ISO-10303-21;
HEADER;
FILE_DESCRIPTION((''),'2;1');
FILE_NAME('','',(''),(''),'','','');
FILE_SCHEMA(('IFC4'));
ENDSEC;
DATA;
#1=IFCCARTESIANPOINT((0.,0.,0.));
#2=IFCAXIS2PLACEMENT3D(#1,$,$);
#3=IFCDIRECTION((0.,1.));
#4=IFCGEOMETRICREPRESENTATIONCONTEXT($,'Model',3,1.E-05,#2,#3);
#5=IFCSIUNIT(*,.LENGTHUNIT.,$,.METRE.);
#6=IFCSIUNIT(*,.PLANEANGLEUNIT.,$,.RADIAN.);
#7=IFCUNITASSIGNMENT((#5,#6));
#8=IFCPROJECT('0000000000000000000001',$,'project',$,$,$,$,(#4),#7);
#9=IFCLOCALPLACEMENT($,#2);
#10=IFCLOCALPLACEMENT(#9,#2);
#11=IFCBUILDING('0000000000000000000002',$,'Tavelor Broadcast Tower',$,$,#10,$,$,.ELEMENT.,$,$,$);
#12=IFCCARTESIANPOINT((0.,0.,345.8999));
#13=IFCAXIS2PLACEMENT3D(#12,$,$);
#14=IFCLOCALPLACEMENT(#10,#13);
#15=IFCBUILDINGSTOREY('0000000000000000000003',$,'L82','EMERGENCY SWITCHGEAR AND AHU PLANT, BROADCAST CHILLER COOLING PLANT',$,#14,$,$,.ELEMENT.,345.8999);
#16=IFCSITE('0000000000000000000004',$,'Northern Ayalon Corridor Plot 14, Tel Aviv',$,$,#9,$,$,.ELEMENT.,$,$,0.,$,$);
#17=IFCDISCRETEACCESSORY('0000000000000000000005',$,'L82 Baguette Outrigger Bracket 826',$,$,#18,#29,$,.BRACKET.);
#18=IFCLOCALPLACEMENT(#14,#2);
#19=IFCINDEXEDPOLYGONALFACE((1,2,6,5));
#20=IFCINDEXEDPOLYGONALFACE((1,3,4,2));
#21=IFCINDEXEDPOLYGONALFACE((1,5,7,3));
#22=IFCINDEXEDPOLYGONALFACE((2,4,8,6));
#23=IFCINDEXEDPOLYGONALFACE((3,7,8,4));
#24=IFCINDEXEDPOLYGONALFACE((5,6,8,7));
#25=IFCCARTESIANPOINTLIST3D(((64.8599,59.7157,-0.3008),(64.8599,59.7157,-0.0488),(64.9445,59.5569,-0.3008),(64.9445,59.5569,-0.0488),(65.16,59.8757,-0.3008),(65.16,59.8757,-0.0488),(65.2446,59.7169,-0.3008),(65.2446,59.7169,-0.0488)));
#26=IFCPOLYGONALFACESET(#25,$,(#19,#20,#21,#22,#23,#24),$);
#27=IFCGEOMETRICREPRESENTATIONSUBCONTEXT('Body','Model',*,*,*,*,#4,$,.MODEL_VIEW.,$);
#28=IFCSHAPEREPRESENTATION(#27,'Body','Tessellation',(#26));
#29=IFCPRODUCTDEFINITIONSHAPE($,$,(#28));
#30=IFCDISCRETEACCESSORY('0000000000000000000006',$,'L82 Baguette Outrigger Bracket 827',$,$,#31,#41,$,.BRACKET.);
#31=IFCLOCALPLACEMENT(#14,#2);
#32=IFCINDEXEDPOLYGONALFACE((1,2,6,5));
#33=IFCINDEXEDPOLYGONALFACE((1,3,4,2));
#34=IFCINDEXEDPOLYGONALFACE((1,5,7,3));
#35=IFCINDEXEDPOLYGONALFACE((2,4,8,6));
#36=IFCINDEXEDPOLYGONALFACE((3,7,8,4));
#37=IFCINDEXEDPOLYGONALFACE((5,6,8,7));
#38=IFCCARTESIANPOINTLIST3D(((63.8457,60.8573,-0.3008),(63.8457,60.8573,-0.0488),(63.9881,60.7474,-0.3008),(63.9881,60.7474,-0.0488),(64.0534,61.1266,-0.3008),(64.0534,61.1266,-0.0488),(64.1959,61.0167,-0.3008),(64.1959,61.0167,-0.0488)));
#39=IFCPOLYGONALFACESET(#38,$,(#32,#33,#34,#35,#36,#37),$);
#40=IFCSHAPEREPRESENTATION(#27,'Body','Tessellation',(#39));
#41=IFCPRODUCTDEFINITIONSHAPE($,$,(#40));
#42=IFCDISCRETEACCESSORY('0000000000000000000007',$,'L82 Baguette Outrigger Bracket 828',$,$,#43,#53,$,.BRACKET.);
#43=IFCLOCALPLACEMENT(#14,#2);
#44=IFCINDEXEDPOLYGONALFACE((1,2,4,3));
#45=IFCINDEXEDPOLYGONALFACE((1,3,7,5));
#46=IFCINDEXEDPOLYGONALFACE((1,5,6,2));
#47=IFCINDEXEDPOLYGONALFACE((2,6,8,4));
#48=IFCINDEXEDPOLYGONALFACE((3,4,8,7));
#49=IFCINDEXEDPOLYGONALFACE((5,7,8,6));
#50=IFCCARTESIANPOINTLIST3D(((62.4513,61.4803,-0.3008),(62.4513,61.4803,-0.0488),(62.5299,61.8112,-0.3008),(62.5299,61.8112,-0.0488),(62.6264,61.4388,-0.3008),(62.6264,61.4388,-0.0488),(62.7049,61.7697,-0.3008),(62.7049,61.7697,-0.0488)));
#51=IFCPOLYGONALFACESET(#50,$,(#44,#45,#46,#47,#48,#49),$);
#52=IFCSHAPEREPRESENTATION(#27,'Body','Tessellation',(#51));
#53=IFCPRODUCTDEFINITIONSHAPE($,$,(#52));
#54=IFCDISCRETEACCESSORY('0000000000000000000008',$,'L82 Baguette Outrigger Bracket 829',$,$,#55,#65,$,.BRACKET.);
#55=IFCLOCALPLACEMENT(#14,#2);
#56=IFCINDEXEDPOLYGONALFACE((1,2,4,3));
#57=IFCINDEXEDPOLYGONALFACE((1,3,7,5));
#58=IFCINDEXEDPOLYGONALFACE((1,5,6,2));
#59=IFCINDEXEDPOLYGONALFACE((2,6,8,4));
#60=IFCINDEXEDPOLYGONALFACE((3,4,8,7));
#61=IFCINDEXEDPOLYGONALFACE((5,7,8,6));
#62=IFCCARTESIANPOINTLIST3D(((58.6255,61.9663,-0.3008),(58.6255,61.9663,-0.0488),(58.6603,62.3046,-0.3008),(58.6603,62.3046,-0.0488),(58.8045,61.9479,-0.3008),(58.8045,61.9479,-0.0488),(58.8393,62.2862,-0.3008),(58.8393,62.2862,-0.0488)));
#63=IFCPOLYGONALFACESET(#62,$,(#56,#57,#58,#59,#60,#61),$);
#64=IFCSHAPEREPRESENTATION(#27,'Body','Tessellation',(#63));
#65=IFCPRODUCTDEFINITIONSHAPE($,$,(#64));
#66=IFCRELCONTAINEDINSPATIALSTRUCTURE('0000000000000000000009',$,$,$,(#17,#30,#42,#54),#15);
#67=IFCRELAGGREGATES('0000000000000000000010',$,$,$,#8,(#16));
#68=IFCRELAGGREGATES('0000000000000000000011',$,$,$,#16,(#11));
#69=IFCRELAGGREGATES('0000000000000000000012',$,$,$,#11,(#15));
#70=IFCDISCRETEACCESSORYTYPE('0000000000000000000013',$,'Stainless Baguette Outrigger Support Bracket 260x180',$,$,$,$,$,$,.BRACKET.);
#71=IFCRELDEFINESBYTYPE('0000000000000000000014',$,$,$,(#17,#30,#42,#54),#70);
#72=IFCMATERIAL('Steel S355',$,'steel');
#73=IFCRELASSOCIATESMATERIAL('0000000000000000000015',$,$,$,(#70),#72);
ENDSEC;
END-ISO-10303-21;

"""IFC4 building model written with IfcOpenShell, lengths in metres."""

from ifc_helpers import new_model, si_unit, direction, frame, origin, origin_2d, place, context, subcontext, project, spatial, rectangle, extrude, source, transform, mapped, material, type_object, type_shapes, element, save


model = new_model("IFC4")

# Units and contexts
model_context = context("Model", 3, precision=1e-05, world=origin(), true_north=direction((0.0, 1.0)))
body_context = subcontext(model_context, "Body", "Model", "MODEL_VIEW")
ifc_project = project(units=[si_unit("LENGTHUNIT", "METRE"), si_unit("PLANEANGLEUNIT", "RADIAN")], contexts=[model_context])

# Site, building, storey
site_placement = place(None, origin())
site = spatial("IfcSite", under=ifc_project, at=site_placement, Name="Northern Ayalon Corridor Plot 14, Tel Aviv", CompositionType="ELEMENT", RefElevation=0.0)
building_placement = place(site_placement, origin())
building = spatial("IfcBuilding", under=site, at=building_placement, Name="Tavelor Broadcast Tower", CompositionType="ELEMENT")
storey_placement = place(building_placement, frame((0.0, 0.0, 345.8999)))
storey = spatial("IfcBuildingStorey", under=building, at=storey_placement, Name="L82", Description="EMERGENCY SWITCHGEAR AND AHU PLANT, BROADCAST CHILLER COOLING PLANT", CompositionType="ELEMENT", Elevation=345.8999)

# Discrete accessories
ifc_material_1 = material(Name="Steel S355", Category="steel")
discrete_accessory_type = type_object("IfcDiscreteAccessoryType", Name="Stainless Baguette Outrigger Support Bracket 260x180", PredefinedType="BRACKET", material=ifc_material_1)
shared_shape_1 = source(origin(), body_context, "Body", "SweptSolid", [
    extrude(rectangle(XDim=0.1799, YDim=0.3401, at=origin_2d()), origin(), (0.0, 0.0, 1.0), 0.252),
])
type_shapes(discrete_accessory_type, [shared_shape_1])
for number, where, z_axis, x_axis, name in (
    (1, (65.0522, 59.7163, -0.3008), (0.0, 0.0, 1.0), (-0.470242, 0.882538, 0.0), "L82 Baguette Outrigger Bracket 826"),
    (2, (64.0208, 60.937, -0.3008), (0.0, 0.0, 1.0), (-0.791757, 0.610836, 0.0), "L82 Baguette Outrigger Bracket 827"),
    (3, (62.5781, 61.625, -0.3008), (0.0, 0.0, 1.0), (-0.972978, 0.230899, 0.0), "L82 Baguette Outrigger Bracket 828"),
    (4, (58.7324, 62.1262, -0.3008), (0.0, 0.0, 1.0), (-0.994739, 0.102445, 0.0), "L82 Baguette Outrigger Bracket 829"),
):
    element("IfcDiscreteAccessory", number, at=place(storey_placement, frame(where, z_axis=z_axis, x_axis=x_axis)), inside=storey, type_object=discrete_accessory_type, Name=name, PredefinedType="BRACKET", context=body_context, shape_type="MappedRepresentation", body=[
        mapped(shared_shape_1, transform((0.0, 0.0, 0.0), scale=1.0)),
    ])

save(model, "model.ifc")
